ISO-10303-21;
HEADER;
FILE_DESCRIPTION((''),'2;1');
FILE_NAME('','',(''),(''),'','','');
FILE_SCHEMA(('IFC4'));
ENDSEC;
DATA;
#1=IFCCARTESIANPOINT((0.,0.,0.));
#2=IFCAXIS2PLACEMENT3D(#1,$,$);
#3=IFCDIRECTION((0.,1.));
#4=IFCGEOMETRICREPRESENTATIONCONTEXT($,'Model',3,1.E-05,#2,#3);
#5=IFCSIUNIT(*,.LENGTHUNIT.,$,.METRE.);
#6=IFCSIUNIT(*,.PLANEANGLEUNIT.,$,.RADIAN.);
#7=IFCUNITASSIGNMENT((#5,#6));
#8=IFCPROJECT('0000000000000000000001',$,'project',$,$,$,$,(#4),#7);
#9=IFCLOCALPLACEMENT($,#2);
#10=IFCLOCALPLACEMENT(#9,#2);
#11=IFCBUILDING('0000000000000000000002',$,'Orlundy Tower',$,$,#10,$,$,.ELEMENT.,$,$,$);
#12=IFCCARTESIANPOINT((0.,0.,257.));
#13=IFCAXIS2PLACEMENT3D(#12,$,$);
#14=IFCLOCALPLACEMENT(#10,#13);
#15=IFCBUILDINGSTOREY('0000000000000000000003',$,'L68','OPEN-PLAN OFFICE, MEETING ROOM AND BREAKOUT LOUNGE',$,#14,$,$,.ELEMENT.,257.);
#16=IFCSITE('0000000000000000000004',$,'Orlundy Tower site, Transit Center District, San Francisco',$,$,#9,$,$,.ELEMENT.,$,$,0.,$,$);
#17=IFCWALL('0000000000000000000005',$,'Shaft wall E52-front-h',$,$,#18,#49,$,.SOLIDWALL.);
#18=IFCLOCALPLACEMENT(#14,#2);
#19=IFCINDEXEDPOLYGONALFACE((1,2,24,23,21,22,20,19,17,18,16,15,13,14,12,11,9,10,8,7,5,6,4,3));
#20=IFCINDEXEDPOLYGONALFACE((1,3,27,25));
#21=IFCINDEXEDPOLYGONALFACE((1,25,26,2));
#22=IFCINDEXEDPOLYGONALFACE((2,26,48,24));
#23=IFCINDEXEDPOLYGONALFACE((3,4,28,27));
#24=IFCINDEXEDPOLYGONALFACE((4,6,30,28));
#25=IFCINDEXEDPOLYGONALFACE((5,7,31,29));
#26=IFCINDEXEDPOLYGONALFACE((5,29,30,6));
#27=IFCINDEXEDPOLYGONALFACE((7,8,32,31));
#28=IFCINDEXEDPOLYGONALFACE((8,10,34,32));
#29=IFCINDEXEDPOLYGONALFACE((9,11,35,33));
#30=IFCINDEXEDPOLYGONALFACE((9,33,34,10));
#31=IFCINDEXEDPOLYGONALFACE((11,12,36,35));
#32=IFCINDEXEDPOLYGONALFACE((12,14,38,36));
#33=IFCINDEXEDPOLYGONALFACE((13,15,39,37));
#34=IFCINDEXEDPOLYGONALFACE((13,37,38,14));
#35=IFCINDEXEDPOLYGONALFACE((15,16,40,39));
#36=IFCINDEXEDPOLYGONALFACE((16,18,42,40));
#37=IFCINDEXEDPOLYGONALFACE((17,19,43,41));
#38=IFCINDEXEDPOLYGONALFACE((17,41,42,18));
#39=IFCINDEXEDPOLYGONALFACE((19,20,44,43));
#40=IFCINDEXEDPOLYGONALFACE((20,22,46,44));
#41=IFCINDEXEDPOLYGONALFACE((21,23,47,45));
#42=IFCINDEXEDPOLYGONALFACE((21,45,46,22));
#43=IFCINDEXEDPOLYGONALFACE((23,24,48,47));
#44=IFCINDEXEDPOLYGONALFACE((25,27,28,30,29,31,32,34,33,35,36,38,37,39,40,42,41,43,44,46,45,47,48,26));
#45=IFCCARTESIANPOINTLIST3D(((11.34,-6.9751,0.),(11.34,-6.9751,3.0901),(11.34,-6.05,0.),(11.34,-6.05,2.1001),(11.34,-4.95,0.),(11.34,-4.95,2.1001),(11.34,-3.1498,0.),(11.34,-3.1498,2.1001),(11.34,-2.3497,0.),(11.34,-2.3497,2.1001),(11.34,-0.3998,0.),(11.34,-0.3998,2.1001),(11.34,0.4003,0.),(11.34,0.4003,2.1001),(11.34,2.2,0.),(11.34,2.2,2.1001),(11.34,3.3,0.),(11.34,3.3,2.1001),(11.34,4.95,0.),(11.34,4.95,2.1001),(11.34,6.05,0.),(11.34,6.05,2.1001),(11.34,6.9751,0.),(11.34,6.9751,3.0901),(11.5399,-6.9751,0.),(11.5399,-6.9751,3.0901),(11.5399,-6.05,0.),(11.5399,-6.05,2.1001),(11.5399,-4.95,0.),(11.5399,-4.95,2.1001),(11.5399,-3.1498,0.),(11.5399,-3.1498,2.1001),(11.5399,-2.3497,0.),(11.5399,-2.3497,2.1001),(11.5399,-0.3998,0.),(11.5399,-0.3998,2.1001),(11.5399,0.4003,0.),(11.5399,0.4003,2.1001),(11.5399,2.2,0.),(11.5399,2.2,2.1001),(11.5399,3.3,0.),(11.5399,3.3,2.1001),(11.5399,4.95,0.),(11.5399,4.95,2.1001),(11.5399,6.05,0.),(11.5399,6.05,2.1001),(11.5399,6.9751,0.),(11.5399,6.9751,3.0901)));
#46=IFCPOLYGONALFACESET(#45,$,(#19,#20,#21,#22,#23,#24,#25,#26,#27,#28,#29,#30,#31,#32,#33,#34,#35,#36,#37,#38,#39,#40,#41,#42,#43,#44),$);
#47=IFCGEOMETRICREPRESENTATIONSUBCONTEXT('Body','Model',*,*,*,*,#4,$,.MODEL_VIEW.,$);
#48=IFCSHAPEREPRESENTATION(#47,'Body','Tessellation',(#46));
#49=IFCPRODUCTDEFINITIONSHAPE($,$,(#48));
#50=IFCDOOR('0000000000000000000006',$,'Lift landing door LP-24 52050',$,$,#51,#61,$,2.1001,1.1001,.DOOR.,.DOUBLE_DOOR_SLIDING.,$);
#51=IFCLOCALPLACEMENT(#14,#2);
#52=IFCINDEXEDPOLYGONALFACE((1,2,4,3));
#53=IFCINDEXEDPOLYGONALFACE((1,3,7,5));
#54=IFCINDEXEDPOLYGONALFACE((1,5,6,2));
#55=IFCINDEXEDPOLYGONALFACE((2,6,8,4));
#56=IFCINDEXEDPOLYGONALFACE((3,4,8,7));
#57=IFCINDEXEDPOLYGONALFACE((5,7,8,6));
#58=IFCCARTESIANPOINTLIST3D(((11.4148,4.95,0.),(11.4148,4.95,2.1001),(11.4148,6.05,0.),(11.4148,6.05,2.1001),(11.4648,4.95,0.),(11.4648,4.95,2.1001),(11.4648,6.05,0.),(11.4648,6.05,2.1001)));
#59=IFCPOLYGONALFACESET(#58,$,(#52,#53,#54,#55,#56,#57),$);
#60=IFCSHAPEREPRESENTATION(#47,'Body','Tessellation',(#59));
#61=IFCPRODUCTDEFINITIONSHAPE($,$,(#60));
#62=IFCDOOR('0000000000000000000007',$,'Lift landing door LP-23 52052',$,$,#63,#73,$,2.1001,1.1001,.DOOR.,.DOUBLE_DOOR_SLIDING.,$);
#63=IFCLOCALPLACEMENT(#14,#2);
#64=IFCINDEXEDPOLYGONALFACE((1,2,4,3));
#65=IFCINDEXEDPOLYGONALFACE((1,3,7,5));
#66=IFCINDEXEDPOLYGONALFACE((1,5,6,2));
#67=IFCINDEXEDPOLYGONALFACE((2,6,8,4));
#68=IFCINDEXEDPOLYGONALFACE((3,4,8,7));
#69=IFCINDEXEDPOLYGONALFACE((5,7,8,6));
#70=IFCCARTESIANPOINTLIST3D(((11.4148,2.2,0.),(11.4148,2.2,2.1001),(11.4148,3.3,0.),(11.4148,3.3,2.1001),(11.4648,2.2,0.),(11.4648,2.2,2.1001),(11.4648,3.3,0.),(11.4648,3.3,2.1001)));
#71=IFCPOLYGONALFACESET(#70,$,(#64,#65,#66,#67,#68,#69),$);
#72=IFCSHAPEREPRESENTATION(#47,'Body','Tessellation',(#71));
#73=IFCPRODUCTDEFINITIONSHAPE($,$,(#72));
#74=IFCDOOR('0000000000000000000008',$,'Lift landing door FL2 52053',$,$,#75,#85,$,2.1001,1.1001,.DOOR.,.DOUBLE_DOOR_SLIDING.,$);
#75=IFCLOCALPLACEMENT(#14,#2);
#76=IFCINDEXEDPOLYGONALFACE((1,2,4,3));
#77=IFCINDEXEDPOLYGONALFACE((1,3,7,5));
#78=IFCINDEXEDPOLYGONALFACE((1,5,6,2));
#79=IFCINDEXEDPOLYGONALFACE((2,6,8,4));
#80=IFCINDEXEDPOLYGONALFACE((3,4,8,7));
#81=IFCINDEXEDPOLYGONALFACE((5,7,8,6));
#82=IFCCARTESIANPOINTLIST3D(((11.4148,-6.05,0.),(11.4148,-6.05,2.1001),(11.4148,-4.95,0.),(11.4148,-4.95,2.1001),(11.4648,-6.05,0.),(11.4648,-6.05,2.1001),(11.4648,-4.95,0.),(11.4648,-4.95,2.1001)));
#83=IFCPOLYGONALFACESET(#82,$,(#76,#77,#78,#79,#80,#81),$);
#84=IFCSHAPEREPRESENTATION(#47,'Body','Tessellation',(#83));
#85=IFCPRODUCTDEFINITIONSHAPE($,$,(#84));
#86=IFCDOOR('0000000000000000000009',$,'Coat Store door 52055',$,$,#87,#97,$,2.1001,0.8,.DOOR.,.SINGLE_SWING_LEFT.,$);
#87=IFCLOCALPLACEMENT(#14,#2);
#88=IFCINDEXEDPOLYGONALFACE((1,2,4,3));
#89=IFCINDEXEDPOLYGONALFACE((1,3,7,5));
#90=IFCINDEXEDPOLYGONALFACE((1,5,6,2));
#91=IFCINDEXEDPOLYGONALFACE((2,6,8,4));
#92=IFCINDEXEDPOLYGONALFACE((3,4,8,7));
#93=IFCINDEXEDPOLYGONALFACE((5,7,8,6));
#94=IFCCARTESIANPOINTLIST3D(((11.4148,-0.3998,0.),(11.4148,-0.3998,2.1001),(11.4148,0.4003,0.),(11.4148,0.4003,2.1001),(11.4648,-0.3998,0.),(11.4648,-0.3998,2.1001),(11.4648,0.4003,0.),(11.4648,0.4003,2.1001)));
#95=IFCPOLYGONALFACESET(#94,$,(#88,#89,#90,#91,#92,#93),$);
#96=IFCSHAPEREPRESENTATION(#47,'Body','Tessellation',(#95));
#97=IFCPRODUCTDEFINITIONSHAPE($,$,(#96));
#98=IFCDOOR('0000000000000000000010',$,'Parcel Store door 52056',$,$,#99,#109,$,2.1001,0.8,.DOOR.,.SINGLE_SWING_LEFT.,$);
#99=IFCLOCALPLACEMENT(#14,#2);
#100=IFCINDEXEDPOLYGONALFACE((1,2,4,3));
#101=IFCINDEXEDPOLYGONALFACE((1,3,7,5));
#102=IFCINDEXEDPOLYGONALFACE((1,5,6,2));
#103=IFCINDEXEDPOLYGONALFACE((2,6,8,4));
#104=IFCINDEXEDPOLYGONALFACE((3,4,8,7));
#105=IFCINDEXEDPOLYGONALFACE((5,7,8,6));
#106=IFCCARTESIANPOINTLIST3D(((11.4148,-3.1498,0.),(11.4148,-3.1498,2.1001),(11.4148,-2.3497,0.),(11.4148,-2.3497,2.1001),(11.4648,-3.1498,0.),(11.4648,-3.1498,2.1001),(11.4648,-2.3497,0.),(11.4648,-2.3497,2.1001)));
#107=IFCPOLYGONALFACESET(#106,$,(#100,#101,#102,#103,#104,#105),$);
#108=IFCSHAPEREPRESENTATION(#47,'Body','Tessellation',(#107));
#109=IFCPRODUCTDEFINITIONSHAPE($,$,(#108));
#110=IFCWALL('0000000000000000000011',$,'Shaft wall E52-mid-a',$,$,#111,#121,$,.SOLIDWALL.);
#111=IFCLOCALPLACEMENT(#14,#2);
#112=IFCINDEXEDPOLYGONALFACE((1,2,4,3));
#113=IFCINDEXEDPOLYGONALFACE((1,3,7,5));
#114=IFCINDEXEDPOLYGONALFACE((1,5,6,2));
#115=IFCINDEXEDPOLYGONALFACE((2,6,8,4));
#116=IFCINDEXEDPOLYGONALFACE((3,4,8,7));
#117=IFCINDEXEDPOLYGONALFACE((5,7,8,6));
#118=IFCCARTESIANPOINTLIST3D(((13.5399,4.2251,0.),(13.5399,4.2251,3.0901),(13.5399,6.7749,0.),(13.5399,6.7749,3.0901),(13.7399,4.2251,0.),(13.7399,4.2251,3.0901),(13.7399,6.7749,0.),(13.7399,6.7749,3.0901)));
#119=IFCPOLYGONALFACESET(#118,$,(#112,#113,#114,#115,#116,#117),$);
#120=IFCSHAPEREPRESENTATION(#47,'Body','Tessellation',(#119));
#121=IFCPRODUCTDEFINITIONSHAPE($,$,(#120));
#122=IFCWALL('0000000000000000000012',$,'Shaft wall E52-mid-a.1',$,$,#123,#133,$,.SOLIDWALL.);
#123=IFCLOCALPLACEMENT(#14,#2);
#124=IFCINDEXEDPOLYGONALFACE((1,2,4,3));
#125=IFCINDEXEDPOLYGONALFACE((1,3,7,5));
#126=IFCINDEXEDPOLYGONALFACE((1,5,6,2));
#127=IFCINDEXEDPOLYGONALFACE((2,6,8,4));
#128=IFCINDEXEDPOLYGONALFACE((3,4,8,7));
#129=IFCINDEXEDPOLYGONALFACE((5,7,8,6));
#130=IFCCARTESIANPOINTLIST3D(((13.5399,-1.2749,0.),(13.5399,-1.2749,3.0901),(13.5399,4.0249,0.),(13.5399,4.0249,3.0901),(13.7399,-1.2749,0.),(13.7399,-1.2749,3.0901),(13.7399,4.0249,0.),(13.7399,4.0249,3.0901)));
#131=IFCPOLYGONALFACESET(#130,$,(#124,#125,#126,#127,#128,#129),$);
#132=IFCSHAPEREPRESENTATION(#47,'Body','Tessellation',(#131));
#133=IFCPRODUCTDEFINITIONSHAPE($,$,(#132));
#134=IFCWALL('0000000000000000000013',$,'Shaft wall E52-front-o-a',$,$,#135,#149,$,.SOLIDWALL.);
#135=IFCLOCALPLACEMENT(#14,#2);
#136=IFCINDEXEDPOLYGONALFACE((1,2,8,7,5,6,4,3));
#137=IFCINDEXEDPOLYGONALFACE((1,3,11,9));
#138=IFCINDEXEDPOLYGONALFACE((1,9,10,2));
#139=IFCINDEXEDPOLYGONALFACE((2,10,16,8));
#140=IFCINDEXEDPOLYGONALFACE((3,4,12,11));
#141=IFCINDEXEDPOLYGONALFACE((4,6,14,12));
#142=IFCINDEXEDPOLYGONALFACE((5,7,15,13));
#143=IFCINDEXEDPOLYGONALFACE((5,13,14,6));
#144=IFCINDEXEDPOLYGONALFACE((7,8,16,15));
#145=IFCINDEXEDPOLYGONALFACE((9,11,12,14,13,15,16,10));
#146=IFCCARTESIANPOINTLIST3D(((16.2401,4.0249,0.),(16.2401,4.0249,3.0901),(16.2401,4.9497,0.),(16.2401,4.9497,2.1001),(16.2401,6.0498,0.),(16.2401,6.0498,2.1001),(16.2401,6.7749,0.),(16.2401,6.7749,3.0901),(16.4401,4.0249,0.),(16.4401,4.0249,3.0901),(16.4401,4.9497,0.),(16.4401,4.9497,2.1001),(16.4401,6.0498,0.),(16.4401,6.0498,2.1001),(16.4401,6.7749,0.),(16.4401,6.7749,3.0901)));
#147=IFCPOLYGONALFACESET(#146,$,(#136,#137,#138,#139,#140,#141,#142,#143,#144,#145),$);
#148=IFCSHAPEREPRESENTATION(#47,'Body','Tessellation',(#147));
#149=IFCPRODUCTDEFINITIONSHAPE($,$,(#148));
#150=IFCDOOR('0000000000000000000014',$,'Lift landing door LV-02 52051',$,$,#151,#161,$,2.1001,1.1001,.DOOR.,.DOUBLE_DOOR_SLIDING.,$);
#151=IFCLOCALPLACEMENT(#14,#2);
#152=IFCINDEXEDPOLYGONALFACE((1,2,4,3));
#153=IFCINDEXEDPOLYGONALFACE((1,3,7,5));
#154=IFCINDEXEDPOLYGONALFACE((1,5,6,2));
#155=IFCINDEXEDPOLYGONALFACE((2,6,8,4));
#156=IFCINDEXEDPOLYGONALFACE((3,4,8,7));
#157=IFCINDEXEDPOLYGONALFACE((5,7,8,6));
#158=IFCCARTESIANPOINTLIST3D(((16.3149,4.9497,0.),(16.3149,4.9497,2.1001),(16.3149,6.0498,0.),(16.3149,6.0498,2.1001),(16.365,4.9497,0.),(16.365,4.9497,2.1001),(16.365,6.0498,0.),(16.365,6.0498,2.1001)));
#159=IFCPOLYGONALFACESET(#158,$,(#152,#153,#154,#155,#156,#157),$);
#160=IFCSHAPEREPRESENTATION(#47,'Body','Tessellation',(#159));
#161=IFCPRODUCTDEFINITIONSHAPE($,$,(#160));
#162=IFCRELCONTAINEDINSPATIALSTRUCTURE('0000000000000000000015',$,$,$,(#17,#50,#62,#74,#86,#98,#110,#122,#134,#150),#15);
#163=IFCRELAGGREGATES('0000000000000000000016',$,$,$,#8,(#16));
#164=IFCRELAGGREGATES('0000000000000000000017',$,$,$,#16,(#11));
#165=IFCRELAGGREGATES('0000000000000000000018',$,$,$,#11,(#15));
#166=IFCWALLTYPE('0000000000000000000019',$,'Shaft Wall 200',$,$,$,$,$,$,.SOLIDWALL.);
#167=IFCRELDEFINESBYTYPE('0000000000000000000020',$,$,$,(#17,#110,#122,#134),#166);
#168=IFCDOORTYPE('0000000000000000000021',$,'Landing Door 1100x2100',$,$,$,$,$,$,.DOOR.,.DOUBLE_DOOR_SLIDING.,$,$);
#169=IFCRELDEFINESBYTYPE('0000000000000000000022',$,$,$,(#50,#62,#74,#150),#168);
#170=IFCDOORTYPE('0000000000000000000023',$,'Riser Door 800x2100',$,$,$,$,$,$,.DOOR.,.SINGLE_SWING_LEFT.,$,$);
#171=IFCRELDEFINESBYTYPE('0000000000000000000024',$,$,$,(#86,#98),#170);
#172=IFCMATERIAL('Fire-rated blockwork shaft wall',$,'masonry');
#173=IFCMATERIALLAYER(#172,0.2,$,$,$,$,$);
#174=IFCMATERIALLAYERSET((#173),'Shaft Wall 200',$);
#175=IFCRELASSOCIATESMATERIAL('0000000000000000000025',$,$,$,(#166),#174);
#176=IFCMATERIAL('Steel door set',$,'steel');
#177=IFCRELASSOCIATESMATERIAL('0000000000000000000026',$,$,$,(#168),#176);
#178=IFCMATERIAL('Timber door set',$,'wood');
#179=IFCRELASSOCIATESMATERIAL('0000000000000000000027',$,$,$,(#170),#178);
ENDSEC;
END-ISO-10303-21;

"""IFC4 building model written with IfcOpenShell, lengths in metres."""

from ifc_helpers import new_model, si_unit, direction, frame, frame_2d, origin, place, context, subcontext, project, spatial, rectangle, extrude, material, layer, layer_set, type_object, element, fill, save


model = new_model("IFC4")

# Units and contexts
model_context = context("Model", 3, precision=1e-05, world=origin(), true_north=direction((0.0, 1.0)))
body_context = subcontext(model_context, "Body", "Model", "MODEL_VIEW")
ifc_project = project(units=[si_unit("LENGTHUNIT", "METRE"), si_unit("PLANEANGLEUNIT", "RADIAN")], contexts=[model_context])

# Site, building, storey
site_placement = place(None, origin())
site = spatial("IfcSite", under=ifc_project, at=site_placement, Name="Orlundy Tower site, Transit Center District, San Francisco", CompositionType="ELEMENT", RefElevation=0.0)
building_placement = place(site_placement, origin())
building = spatial("IfcBuilding", under=site, at=building_placement, Name="Orlundy Tower", CompositionType="ELEMENT")
storey_placement = place(building_placement, frame((0.0, 0.0, 257.0)))
storey = spatial("IfcBuildingStorey", under=building, at=storey_placement, Name="L68", Description="OPEN-PLAN OFFICE, MEETING ROOM AND BREAKOUT LOUNGE", CompositionType="ELEMENT", Elevation=257.0)

# Shared definitions
ifc_material_1 = material(Name="Fire-rated blockwork shaft wall", Category="masonry")
ifc_layer_1 = layer(ifc_material_1, 0.2)
ifc_layer_set_1 = layer_set([ifc_layer_1], Name="Shaft Wall 200")
wall_type_1 = type_object("IfcWallType", Name="Shaft Wall 200", PredefinedType="SOLIDWALL", material=ifc_layer_set_1)

# Wall, openings, doors
wall_1_placement = place(storey_placement, frame((11.4399, 6.9751, 0.0), z_axis=(0.0, 0.0, 1.0), x_axis=(0.0, -1.0, 0.0)))
wall_1 = element("IfcWall", 1, at=wall_1_placement, inside=storey, type_object=wall_type_1, Name="Shaft wall E52-front-h", PredefinedType="SOLIDWALL", context=body_context, shape_type="SweptSolid", body=[
    extrude(rectangle(XDim=13.9502, YDim=0.2, at=frame_2d((6.9751, 0.0))), origin(), (0.0, 0.0, 1.0), 3.0901),
])
opening_1_placement = place(wall_1_placement, frame((0.925, 0.0, 0.0)))
opening_1 = element("IfcOpeningElement", 2, at=opening_1_placement, cuts=wall_1, PredefinedType="OPENING", context=body_context, shape_type="SweptSolid", body=[
    extrude(rectangle(XDim=1.1001, YDim=2.1001, at=frame_2d((0.55, 1.05))), frame((0.0, 0.1101, 0.0), z_axis=(0.0, -1.0, 0.0), x_axis=(1.0, 0.0, 0.0)), (0.0, 0.0, 1.0), 0.2202),
])
opening_2_placement = place(wall_1_placement, frame((3.675, 0.0, 0.0)))
opening_2 = element("IfcOpeningElement", 3, at=opening_2_placement, cuts=wall_1, PredefinedType="OPENING", context=body_context, shape_type="SweptSolid", body=[
    extrude(rectangle(XDim=1.1001, YDim=2.1001, at=frame_2d((0.55, 1.05))), frame((0.0, 0.1101, 0.0), z_axis=(0.0, -1.0, 0.0), x_axis=(1.0, 0.0, 0.0)), (0.0, 0.0, 1.0), 0.2202),
])
opening_3_placement = place(wall_1_placement, frame((11.925, 0.0, 0.0)))
opening_3 = element("IfcOpeningElement", 4, at=opening_3_placement, cuts=wall_1, PredefinedType="OPENING", context=body_context, shape_type="SweptSolid", body=[
    extrude(rectangle(XDim=1.1001, YDim=2.1001, at=frame_2d((0.55, 1.05))), frame((0.0, 0.1101, 0.0), z_axis=(0.0, -1.0, 0.0), x_axis=(1.0, 0.0, 0.0)), (0.0, 0.0, 1.0), 0.2202),
])
opening_4_placement = place(wall_1_placement, frame((6.575, 0.0, 0.0)))
opening_4 = element("IfcOpeningElement", 5, at=opening_4_placement, cuts=wall_1, PredefinedType="OPENING", context=body_context, shape_type="SweptSolid", body=[
    extrude(rectangle(XDim=0.8, YDim=2.1001, at=frame_2d((0.3999, 1.05))), frame((0.0, 0.1101, 0.0), z_axis=(0.0, -1.0, 0.0), x_axis=(1.0, 0.0, 0.0)), (0.0, 0.0, 1.0), 0.2202),
])
opening_5_placement = place(wall_1_placement, frame((9.325, 0.0, 0.0)))
opening_5 = element("IfcOpeningElement", 6, at=opening_5_placement, cuts=wall_1, PredefinedType="OPENING", context=body_context, shape_type="SweptSolid", body=[
    extrude(rectangle(XDim=0.8, YDim=2.1001, at=frame_2d((0.3999, 1.05))), frame((0.0, 0.1101, 0.0), z_axis=(0.0, -1.0, 0.0), x_axis=(1.0, 0.0, 0.0)), (0.0, 0.0, 1.0), 0.2202),
])
ifc_material_2 = material(Name="Steel door set", Category="steel")
door_type_1 = type_object("IfcDoorType", Name="Landing Door 1100x2100", OperationType="DOUBLE_DOOR_SLIDING", PredefinedType="DOOR", material=ifc_material_2)
door_1_placement = place(opening_1_placement, origin())
door_1 = element("IfcDoor", 7, at=door_1_placement, inside=storey, type_object=door_type_1, Name="Lift landing door LP-24 52050", OperationType="DOUBLE_DOOR_SLIDING", OverallHeight=2.1001, OverallWidth=1.1001, PredefinedType="DOOR", context=body_context, shape_type="SweptSolid", body=[
    extrude(rectangle(XDim=1.1001, YDim=2.1001, at=frame_2d((0.55, 1.05))), frame((0.0, 0.0249, 0.0), z_axis=(0.0, -1.0, 0.0), x_axis=(1.0, 0.0, 0.0)), (0.0, 0.0, 1.0), 0.05),
])
fill(opening_1, door_1)
door_2_placement = place(opening_2_placement, origin())
door_2 = element("IfcDoor", 8, at=door_2_placement, inside=storey, type_object=door_type_1, Name="Lift landing door LP-23 52052", OperationType="DOUBLE_DOOR_SLIDING", OverallHeight=2.1001, OverallWidth=1.1001, PredefinedType="DOOR", context=body_context, shape_type="SweptSolid", body=[
    extrude(rectangle(XDim=1.1001, YDim=2.1001, at=frame_2d((0.55, 1.05))), frame((0.0, 0.0249, 0.0), z_axis=(0.0, -1.0, 0.0), x_axis=(1.0, 0.0, 0.0)), (0.0, 0.0, 1.0), 0.05),
])
fill(opening_2, door_2)
door_3_placement = place(opening_3_placement, origin())
door_3 = element("IfcDoor", 9, at=door_3_placement, inside=storey, type_object=door_type_1, Name="Lift landing door FL2 52053", OperationType="DOUBLE_DOOR_SLIDING", OverallHeight=2.1001, OverallWidth=1.1001, PredefinedType="DOOR", context=body_context, shape_type="SweptSolid", body=[
    extrude(rectangle(XDim=1.1001, YDim=2.1001, at=frame_2d((0.55, 1.05))), frame((0.0, 0.0249, 0.0), z_axis=(0.0, -1.0, 0.0), x_axis=(1.0, 0.0, 0.0)), (0.0, 0.0, 1.0), 0.05),
])
fill(opening_3, door_3)
ifc_material_3 = material(Name="Timber door set", Category="wood")
door_type_2 = type_object("IfcDoorType", Name="Riser Door 800x2100", OperationType="SINGLE_SWING_LEFT", PredefinedType="DOOR", material=ifc_material_3)
door_4_placement = place(opening_4_placement, origin())
door_4 = element("IfcDoor", 10, at=door_4_placement, inside=storey, type_object=door_type_2, Name="Coat Store door 52055", OperationType="SINGLE_SWING_LEFT", OverallHeight=2.1001, OverallWidth=0.8, PredefinedType="DOOR", context=body_context, shape_type="SweptSolid", body=[
    extrude(rectangle(XDim=0.8, YDim=2.1001, at=frame_2d((0.3999, 1.05))), frame((0.0, 0.0249, 0.0), z_axis=(0.0, -1.0, 0.0), x_axis=(1.0, 0.0, 0.0)), (0.0, 0.0, 1.0), 0.05),
])
fill(opening_4, door_4)
door_5_placement = place(opening_5_placement, origin())
door_5 = element("IfcDoor", 11, at=door_5_placement, inside=storey, type_object=door_type_2, Name="Parcel Store door 52056", OperationType="SINGLE_SWING_LEFT", OverallHeight=2.1001, OverallWidth=0.8, PredefinedType="DOOR", context=body_context, shape_type="SweptSolid", body=[
    extrude(rectangle(XDim=0.8, YDim=2.1001, at=frame_2d((0.3999, 1.05))), frame((0.0, 0.0249, 0.0), z_axis=(0.0, -1.0, 0.0), x_axis=(1.0, 0.0, 0.0)), (0.0, 0.0, 1.0), 0.05),
])
fill(opening_5, door_5)

# Walls
wall_2_placement = place(storey_placement, frame((13.6399, 6.7749, 0.0), z_axis=(0.0, 0.0, 1.0), x_axis=(0.0, -1.0, 0.0)))
element("IfcWall", 12, at=wall_2_placement, inside=storey, type_object=wall_type_1, Name="Shaft wall E52-mid-a", PredefinedType="SOLIDWALL", context=body_context, shape_type="SweptSolid", body=[
    extrude(rectangle(XDim=2.5498, YDim=0.2, at=frame_2d((1.2749, 0.0))), origin(), (0.0, 0.0, 1.0), 3.0901),
])
wall_3_placement = place(storey_placement, frame((13.6399, 4.0249, 0.0), z_axis=(0.0, 0.0, 1.0), x_axis=(0.0, -1.0, 0.0)))
element("IfcWall", 13, at=wall_3_placement, inside=storey, type_object=wall_type_1, Name="Shaft wall E52-mid-a.1", PredefinedType="SOLIDWALL", context=body_context, shape_type="SweptSolid", body=[
    extrude(rectangle(XDim=5.2998, YDim=0.2, at=frame_2d((2.6499, 0.0))), origin(), (0.0, 0.0, 1.0), 3.0901),
])

# Wall, opening, door
wall_4_placement = place(storey_placement, frame((16.3401, 6.7749, 0.0), z_axis=(0.0, 0.0, 1.0), x_axis=(0.0, -1.0, 0.0)))
wall_4 = element("IfcWall", 14, at=wall_4_placement, inside=storey, type_object=wall_type_1, Name="Shaft wall E52-front-o-a", PredefinedType="SOLIDWALL", context=body_context, shape_type="SweptSolid", body=[
    extrude(rectangle(XDim=2.75, YDim=0.2, at=frame_2d((1.375, 0.0))), origin(), (0.0, 0.0, 1.0), 3.0901),
])
opening_6_placement = place(wall_4_placement, frame((0.7251, 0.0, 0.0)))
opening_6 = element("IfcOpeningElement", 15, at=opening_6_placement, cuts=wall_4, PredefinedType="OPENING", context=body_context, shape_type="SweptSolid", body=[
    extrude(rectangle(XDim=1.1001, YDim=2.1001, at=frame_2d((0.55, 1.05))), frame((0.0, 0.1101, 0.0), z_axis=(0.0, -1.0, 0.0), x_axis=(1.0, 0.0, 0.0)), (0.0, 0.0, 1.0), 0.2202),
])
door_6_placement = place(opening_6_placement, origin())
door_6 = element("IfcDoor", 16, at=door_6_placement, inside=storey, type_object=door_type_1, Name="Lift landing door LV-02 52051", OperationType="DOUBLE_DOOR_SLIDING", OverallHeight=2.1001, OverallWidth=1.1001, PredefinedType="DOOR", context=body_context, shape_type="SweptSolid", body=[
    extrude(rectangle(XDim=1.1001, YDim=2.1001, at=frame_2d((0.55, 1.05))), frame((0.0, 0.0249, 0.0), z_axis=(0.0, -1.0, 0.0), x_axis=(1.0, 0.0, 0.0)), (0.0, 0.0, 1.0), 0.05),
])
fill(opening_6, door_6)

save(model, "model.ifc")
